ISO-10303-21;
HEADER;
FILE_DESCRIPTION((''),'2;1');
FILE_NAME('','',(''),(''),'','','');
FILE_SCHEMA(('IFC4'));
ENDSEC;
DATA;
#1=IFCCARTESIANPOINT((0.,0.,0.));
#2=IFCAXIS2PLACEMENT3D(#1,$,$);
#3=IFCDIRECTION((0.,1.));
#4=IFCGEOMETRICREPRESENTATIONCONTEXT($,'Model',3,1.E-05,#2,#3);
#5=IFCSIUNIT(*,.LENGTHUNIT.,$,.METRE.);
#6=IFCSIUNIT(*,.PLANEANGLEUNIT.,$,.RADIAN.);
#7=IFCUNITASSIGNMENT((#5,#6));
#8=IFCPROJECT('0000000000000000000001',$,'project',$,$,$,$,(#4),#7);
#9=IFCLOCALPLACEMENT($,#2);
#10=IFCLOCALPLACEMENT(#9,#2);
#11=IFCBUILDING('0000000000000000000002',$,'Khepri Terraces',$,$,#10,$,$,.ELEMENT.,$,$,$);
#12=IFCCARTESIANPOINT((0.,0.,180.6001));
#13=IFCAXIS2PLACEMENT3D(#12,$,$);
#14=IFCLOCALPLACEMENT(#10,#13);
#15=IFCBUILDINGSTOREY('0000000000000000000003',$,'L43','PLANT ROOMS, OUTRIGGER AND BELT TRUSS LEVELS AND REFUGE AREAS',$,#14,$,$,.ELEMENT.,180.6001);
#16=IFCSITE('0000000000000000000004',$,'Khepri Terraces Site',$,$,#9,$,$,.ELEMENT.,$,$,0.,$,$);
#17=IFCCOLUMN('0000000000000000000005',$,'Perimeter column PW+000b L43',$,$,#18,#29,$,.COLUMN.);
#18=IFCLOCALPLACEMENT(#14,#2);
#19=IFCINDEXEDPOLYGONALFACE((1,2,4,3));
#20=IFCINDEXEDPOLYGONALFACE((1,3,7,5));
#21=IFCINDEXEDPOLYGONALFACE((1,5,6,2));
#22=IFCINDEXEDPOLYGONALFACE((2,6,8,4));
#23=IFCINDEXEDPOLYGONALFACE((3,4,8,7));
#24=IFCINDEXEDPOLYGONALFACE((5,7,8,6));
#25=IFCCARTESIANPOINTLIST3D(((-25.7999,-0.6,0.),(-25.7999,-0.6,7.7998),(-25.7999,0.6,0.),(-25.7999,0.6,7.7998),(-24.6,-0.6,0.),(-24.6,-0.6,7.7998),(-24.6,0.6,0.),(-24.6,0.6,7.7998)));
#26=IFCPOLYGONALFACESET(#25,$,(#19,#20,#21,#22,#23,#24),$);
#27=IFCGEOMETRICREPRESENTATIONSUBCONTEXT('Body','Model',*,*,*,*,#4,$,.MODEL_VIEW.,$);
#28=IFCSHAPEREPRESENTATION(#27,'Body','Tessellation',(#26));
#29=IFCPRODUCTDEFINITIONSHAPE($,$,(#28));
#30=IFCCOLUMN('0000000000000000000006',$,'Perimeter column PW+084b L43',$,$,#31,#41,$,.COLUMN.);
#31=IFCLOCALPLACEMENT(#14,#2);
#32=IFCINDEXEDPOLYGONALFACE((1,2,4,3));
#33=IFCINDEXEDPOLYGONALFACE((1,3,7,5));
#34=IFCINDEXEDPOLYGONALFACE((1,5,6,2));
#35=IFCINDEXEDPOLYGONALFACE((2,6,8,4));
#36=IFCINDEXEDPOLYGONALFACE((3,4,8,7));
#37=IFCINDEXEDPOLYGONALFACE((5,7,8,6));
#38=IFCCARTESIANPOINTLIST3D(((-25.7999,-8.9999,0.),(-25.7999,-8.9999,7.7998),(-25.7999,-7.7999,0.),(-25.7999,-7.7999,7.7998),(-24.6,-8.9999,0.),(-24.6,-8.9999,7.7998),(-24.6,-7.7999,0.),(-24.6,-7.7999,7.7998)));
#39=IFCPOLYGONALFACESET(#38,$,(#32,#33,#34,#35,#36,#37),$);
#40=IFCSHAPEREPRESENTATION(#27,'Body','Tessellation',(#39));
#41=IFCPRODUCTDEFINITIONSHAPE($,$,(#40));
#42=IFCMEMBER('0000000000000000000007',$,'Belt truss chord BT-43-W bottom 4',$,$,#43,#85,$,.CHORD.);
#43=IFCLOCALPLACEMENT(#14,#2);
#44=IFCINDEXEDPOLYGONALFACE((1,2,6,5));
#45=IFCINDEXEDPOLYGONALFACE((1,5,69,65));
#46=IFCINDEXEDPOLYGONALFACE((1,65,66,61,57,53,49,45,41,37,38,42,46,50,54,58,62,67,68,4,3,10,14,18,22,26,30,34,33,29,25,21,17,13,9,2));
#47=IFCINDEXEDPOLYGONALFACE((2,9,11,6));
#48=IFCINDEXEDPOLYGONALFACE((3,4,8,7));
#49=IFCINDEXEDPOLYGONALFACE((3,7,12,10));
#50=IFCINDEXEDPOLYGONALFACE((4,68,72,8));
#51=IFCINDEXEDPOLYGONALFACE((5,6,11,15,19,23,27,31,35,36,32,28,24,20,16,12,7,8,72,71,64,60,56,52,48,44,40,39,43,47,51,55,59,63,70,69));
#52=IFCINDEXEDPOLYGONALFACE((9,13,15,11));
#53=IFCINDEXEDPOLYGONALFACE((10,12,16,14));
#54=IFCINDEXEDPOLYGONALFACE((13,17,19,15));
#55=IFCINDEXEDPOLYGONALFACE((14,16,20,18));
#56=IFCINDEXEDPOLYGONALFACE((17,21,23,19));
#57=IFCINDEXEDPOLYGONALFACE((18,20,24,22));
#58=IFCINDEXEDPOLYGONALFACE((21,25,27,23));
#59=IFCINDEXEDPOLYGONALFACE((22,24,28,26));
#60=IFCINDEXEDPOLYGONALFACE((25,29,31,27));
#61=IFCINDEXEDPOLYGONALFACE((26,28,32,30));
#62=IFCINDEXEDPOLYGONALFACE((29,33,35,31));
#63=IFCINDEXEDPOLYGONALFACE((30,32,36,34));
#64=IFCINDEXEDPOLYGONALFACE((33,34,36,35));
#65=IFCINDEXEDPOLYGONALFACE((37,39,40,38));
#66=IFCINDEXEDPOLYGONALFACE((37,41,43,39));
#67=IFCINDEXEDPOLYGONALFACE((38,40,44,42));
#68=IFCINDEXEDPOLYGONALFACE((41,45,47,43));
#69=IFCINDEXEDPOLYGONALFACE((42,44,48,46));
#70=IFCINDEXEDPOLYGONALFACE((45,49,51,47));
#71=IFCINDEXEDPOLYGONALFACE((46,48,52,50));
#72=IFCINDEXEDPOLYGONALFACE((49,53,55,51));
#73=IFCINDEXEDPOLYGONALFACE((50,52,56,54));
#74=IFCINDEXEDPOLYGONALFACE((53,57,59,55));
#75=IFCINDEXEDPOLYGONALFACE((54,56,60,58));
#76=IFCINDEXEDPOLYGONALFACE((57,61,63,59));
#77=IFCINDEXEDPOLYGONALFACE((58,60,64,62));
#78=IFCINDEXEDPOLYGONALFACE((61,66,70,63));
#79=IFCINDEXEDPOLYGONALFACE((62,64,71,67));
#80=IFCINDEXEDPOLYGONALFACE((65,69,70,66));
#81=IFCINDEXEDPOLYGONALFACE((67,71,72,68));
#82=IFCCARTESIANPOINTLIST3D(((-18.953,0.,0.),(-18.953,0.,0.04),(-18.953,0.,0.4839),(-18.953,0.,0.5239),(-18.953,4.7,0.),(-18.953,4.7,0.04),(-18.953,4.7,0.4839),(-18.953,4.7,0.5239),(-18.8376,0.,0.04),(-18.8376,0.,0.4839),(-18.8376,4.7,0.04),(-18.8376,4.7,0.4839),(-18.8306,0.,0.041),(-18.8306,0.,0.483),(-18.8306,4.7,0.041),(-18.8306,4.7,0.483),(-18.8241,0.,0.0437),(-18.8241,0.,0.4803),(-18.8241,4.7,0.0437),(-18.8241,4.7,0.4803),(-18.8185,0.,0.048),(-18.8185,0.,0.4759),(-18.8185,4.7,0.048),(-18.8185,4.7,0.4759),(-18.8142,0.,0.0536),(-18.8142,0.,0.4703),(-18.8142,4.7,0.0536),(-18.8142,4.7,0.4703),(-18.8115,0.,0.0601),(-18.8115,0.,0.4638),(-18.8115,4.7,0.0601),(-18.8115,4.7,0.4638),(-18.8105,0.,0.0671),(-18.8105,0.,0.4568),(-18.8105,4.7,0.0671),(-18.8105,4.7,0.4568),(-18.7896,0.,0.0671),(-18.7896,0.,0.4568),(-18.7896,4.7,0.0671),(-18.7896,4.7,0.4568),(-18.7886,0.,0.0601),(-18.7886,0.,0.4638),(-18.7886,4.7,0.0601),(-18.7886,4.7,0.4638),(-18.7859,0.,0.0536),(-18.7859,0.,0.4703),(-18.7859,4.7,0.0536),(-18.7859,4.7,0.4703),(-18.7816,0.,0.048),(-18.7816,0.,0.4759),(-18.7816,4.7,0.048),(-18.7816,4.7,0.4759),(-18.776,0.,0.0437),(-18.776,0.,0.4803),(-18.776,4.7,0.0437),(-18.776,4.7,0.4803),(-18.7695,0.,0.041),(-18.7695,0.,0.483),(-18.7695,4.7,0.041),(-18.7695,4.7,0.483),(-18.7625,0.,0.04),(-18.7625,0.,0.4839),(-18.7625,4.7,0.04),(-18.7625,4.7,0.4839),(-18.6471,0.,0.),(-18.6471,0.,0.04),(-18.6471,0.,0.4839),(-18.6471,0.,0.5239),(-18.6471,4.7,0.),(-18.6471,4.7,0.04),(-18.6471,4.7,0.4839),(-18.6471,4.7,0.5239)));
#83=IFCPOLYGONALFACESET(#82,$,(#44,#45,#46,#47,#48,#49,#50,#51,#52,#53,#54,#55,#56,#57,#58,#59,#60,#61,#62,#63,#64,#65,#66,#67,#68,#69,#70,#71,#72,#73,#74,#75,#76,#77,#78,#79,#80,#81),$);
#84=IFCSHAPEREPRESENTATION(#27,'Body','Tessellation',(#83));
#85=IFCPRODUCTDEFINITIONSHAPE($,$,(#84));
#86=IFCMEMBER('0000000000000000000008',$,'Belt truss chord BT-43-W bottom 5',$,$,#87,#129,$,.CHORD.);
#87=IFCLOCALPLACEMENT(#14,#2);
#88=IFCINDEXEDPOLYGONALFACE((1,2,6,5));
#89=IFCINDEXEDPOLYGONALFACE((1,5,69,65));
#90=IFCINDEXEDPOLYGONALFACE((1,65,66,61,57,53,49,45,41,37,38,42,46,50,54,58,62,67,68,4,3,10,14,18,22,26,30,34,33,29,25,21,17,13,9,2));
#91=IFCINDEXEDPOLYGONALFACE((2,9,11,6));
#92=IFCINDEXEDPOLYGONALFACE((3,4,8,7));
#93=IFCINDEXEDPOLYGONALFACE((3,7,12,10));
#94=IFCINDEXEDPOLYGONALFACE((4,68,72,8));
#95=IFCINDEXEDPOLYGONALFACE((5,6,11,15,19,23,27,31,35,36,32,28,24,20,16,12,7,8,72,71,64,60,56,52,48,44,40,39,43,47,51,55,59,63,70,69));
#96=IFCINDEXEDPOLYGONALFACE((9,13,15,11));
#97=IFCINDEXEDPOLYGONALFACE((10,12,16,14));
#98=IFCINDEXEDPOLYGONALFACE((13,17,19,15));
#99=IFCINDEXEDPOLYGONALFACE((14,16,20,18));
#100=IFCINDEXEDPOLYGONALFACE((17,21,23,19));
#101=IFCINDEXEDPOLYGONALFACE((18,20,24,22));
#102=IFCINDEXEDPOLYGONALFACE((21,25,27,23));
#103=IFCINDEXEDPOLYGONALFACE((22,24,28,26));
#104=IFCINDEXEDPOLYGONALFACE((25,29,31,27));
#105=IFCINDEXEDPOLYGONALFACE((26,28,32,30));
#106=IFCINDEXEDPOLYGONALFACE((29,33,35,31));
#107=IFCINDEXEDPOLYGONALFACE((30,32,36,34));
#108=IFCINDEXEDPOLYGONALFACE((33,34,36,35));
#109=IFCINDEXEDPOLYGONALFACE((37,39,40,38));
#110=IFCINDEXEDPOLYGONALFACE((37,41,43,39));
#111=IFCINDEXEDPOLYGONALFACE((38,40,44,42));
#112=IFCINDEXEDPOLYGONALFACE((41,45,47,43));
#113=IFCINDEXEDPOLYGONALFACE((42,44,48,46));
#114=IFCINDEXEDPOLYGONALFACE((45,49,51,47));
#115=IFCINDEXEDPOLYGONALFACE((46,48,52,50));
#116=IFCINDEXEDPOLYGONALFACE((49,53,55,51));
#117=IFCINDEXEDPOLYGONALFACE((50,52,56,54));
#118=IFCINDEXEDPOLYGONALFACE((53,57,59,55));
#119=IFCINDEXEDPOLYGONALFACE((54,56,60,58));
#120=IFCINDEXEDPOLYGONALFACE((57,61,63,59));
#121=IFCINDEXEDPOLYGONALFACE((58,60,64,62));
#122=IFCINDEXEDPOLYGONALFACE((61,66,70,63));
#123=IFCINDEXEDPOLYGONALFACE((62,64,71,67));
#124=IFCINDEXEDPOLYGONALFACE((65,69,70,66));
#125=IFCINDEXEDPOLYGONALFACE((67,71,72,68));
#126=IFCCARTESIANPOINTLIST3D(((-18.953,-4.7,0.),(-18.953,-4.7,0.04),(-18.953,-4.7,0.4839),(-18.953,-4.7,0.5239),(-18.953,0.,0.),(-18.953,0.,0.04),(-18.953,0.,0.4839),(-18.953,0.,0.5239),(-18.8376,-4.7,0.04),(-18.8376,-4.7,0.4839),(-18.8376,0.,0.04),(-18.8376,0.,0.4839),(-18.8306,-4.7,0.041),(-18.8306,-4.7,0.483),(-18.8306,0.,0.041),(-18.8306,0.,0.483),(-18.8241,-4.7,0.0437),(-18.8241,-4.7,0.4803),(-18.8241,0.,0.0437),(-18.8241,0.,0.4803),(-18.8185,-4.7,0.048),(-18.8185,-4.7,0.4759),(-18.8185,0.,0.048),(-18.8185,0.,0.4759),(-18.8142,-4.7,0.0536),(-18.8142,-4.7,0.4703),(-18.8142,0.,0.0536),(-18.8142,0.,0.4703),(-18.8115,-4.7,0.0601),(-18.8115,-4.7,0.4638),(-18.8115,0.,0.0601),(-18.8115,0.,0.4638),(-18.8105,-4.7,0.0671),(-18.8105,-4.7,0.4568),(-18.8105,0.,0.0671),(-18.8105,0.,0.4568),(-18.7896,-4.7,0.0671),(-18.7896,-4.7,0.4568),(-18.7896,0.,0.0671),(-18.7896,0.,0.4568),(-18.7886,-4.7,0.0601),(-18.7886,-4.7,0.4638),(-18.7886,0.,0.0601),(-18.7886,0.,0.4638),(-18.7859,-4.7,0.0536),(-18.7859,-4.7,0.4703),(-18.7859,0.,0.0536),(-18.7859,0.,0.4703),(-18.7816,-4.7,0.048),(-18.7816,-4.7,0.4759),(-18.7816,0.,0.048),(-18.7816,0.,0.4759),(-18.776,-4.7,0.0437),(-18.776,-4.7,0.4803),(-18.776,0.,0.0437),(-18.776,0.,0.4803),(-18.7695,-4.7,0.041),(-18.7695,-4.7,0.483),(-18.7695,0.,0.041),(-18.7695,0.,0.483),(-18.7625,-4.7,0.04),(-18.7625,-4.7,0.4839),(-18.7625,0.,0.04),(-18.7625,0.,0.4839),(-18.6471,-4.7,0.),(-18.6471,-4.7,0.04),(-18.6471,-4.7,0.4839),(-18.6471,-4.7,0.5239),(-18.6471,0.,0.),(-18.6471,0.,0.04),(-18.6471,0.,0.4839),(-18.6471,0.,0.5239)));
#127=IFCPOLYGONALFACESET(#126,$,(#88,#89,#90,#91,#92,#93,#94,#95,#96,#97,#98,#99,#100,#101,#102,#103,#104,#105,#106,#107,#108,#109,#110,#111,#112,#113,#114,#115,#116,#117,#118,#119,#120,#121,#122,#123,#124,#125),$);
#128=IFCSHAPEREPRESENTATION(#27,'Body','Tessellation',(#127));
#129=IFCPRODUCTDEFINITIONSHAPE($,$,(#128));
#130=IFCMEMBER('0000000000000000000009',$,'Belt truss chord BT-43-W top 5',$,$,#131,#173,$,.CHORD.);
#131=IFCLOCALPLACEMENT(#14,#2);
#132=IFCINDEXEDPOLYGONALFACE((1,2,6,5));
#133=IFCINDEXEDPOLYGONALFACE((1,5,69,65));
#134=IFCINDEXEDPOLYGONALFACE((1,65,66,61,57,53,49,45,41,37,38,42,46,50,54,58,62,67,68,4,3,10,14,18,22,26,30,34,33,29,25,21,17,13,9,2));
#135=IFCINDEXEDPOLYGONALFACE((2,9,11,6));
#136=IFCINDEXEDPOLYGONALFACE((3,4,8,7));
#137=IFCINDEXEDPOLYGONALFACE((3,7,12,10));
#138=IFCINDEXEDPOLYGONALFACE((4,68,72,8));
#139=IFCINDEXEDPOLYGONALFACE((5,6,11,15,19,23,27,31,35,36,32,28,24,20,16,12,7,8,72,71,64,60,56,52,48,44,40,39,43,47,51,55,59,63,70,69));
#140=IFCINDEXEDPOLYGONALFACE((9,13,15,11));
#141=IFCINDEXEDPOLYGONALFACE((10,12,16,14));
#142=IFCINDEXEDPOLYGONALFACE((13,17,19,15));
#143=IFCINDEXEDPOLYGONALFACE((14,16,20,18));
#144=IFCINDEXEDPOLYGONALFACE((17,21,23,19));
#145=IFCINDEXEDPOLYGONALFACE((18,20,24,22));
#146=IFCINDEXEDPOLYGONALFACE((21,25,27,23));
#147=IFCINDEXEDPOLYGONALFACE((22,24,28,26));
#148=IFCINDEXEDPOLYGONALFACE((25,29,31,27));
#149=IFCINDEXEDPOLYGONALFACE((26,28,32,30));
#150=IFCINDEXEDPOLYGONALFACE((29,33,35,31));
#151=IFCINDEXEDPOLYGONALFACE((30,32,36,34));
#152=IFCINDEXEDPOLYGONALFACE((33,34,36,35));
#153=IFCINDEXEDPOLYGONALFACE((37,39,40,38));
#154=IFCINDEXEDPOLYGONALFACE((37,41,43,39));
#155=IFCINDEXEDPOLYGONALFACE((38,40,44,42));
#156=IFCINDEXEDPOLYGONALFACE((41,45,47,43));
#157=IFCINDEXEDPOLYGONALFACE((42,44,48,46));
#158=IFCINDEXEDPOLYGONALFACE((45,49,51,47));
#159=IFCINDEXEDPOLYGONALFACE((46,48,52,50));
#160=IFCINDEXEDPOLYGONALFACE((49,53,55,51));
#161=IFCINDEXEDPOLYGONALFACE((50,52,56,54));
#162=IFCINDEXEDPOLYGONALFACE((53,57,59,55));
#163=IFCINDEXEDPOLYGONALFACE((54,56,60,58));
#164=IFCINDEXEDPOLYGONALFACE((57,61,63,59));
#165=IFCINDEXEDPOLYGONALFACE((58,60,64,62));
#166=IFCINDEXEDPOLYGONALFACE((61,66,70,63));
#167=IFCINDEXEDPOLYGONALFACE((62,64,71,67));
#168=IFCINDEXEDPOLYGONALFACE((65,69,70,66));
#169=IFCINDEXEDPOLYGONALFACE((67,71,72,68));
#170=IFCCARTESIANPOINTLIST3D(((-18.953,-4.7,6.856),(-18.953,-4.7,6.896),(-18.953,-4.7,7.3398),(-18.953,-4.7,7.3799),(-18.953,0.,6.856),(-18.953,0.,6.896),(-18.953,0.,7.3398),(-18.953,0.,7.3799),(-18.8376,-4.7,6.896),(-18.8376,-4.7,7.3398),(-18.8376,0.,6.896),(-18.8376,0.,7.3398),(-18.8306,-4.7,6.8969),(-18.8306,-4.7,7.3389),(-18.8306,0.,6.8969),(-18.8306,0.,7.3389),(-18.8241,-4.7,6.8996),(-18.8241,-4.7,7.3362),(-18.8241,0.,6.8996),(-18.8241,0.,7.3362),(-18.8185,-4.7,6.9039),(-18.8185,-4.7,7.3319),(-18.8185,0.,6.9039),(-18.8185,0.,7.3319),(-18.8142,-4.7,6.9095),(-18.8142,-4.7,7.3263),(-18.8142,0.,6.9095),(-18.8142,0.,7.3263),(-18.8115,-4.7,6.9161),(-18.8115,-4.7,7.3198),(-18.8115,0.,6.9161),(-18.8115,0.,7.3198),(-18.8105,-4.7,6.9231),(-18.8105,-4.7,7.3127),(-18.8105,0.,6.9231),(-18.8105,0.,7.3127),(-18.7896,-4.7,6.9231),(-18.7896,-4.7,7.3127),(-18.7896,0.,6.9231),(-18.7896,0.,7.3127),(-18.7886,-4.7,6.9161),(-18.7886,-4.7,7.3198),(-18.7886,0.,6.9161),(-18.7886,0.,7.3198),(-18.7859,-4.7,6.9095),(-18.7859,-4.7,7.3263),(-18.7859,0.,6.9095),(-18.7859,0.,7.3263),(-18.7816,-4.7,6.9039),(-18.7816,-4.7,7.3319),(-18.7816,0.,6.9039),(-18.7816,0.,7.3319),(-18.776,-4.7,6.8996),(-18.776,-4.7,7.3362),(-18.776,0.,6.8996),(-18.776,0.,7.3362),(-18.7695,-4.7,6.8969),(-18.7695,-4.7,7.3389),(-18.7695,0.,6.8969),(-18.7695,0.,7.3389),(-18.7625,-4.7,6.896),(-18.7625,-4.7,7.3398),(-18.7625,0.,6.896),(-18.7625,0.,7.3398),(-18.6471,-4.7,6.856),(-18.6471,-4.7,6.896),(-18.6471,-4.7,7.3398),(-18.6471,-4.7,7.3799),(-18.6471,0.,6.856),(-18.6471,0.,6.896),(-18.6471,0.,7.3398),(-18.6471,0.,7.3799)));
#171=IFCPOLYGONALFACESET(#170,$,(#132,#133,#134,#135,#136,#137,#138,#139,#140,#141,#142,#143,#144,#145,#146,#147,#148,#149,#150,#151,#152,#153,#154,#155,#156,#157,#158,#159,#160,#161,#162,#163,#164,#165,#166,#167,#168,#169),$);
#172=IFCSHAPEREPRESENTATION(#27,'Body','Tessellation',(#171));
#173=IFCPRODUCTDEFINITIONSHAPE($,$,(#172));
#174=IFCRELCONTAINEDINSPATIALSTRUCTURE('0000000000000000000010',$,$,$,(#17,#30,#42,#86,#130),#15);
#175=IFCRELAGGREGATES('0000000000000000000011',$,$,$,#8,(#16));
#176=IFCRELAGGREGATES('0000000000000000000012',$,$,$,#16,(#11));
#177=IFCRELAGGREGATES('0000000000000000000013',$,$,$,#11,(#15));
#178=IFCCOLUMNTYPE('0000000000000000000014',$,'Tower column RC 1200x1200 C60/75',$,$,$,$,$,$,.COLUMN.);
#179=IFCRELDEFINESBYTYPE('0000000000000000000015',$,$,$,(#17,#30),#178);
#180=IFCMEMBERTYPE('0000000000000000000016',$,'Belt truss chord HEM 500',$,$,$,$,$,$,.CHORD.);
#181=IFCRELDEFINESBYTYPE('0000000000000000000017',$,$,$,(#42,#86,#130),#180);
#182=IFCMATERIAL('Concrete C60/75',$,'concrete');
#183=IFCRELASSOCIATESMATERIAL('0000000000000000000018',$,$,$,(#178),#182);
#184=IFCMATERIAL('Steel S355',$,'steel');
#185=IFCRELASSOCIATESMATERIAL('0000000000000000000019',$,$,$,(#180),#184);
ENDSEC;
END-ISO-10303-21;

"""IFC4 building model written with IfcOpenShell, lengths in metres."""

from ifc_helpers import new_model, si_unit, direction, frame, origin, origin_2d, place, context, subcontext, project, spatial, rectangle, i_section, extrude, material, material_profile, profile_set, type_object, element, save


model = new_model("IFC4")

# Units and contexts
model_context = context("Model", 3, precision=1e-05, world=origin(), true_north=direction((0.0, 1.0)))
body_context = subcontext(model_context, "Body", "Model", "MODEL_VIEW")
ifc_project = project(units=[si_unit("LENGTHUNIT", "METRE"), si_unit("PLANEANGLEUNIT", "RADIAN")], contexts=[model_context])

# Site, building, storey
site_placement = place(None, origin())
site = spatial("IfcSite", under=ifc_project, at=site_placement, Name="Khepri Terraces Site", CompositionType="ELEMENT", RefElevation=0.0)
building_placement = place(site_placement, origin())
building = spatial("IfcBuilding", under=site, at=building_placement, Name="Khepri Terraces", CompositionType="ELEMENT")
storey_placement = place(building_placement, frame((0.0, 0.0, 180.6001)))
storey = spatial("IfcBuildingStorey", under=building, at=storey_placement, Name="L43", Description="PLANT ROOMS, OUTRIGGER AND BELT TRUSS LEVELS AND REFUGE AREAS", CompositionType="ELEMENT", Elevation=180.6001)

# Columns
ifc_material_1 = material(Name="Concrete C60/75", Category="concrete")
ifc_material_profile_1 = material_profile(ifc_material_1, rectangle(XDim=1.2, YDim=1.2, at=origin_2d()), Name="Concrete C60/75", Category="concrete")
ifc_profile_set_1 = profile_set([ifc_material_profile_1], Name="Concrete C60/75")
column_type = type_object("IfcColumnType", Name="Tower column RC 1200x1200 C60/75", PredefinedType="COLUMN", material=ifc_profile_set_1)
for number, where, z_axis, x_axis, name in (
    (1, (-25.2, 0.0, 0.0), (0.0, 0.0, 1.0), (1.0, 0.0, 0.0), "Perimeter column PW+000b L43"),
    (2, (-25.2, -8.3999, 0.0), (0.0, 0.0, 1.0), (1.0, 0.0, 0.0), "Perimeter column PW+084b L43"),
):
    element("IfcColumn", number, at=place(storey_placement, frame(where, z_axis=z_axis, x_axis=x_axis)), inside=storey, type_object=column_type, Name=name, PredefinedType="COLUMN", context=body_context, shape_type="SweptSolid", body=[
        extrude(rectangle(XDim=1.2, YDim=1.2, at=origin_2d()), origin(), (0.0, 0.0, 1.0), 7.7998),
    ])

# Members
ifc_material_2 = material(Name="Steel S355", Category="steel")
ifc_material_profile_2 = material_profile(ifc_material_2, i_section(OverallWidth=0.3059, OverallDepth=0.5239, WebThickness=0.021, FlangeThickness=0.04, FilletRadius=0.0271, at=origin_2d()), Name="Steel S355", Category="steel")
ifc_profile_set_2 = profile_set([ifc_material_profile_2], Name="Steel S355")
member_type_1 = type_object("IfcMemberType", Name="Belt truss chord HEM 500", PredefinedType="CHORD", material=ifc_profile_set_2)
for number, where, z_axis, x_axis, name in (
    (3, (-18.8, 4.7, 0.262), (0.0, -1.0, 0.0), (1.0, 0.0, 0.0), "Belt truss chord BT-43-W bottom 4"),
    (4, (-18.8, 0.0, 0.262), (0.0, -1.0, 0.0), (1.0, 0.0, 0.0), "Belt truss chord BT-43-W bottom 5"),
    (5, (-18.8, 0.0, 7.1179), (0.0, -1.0, 0.0), (1.0, 0.0, 0.0), "Belt truss chord BT-43-W top 5"),
):
    element("IfcMember", number, at=place(storey_placement, frame(where, z_axis=z_axis, x_axis=x_axis)), inside=storey, type_object=member_type_1, Name=name, PredefinedType="CHORD", context=body_context, shape_type="SweptSolid", body=[
        extrude(i_section(OverallWidth=0.3059, OverallDepth=0.5239, WebThickness=0.021, FlangeThickness=0.04, FilletRadius=0.0271, at=origin_2d()), origin(), (0.0, 0.0, 1.0), 4.7),
    ])

save(model, "model.ifc")
